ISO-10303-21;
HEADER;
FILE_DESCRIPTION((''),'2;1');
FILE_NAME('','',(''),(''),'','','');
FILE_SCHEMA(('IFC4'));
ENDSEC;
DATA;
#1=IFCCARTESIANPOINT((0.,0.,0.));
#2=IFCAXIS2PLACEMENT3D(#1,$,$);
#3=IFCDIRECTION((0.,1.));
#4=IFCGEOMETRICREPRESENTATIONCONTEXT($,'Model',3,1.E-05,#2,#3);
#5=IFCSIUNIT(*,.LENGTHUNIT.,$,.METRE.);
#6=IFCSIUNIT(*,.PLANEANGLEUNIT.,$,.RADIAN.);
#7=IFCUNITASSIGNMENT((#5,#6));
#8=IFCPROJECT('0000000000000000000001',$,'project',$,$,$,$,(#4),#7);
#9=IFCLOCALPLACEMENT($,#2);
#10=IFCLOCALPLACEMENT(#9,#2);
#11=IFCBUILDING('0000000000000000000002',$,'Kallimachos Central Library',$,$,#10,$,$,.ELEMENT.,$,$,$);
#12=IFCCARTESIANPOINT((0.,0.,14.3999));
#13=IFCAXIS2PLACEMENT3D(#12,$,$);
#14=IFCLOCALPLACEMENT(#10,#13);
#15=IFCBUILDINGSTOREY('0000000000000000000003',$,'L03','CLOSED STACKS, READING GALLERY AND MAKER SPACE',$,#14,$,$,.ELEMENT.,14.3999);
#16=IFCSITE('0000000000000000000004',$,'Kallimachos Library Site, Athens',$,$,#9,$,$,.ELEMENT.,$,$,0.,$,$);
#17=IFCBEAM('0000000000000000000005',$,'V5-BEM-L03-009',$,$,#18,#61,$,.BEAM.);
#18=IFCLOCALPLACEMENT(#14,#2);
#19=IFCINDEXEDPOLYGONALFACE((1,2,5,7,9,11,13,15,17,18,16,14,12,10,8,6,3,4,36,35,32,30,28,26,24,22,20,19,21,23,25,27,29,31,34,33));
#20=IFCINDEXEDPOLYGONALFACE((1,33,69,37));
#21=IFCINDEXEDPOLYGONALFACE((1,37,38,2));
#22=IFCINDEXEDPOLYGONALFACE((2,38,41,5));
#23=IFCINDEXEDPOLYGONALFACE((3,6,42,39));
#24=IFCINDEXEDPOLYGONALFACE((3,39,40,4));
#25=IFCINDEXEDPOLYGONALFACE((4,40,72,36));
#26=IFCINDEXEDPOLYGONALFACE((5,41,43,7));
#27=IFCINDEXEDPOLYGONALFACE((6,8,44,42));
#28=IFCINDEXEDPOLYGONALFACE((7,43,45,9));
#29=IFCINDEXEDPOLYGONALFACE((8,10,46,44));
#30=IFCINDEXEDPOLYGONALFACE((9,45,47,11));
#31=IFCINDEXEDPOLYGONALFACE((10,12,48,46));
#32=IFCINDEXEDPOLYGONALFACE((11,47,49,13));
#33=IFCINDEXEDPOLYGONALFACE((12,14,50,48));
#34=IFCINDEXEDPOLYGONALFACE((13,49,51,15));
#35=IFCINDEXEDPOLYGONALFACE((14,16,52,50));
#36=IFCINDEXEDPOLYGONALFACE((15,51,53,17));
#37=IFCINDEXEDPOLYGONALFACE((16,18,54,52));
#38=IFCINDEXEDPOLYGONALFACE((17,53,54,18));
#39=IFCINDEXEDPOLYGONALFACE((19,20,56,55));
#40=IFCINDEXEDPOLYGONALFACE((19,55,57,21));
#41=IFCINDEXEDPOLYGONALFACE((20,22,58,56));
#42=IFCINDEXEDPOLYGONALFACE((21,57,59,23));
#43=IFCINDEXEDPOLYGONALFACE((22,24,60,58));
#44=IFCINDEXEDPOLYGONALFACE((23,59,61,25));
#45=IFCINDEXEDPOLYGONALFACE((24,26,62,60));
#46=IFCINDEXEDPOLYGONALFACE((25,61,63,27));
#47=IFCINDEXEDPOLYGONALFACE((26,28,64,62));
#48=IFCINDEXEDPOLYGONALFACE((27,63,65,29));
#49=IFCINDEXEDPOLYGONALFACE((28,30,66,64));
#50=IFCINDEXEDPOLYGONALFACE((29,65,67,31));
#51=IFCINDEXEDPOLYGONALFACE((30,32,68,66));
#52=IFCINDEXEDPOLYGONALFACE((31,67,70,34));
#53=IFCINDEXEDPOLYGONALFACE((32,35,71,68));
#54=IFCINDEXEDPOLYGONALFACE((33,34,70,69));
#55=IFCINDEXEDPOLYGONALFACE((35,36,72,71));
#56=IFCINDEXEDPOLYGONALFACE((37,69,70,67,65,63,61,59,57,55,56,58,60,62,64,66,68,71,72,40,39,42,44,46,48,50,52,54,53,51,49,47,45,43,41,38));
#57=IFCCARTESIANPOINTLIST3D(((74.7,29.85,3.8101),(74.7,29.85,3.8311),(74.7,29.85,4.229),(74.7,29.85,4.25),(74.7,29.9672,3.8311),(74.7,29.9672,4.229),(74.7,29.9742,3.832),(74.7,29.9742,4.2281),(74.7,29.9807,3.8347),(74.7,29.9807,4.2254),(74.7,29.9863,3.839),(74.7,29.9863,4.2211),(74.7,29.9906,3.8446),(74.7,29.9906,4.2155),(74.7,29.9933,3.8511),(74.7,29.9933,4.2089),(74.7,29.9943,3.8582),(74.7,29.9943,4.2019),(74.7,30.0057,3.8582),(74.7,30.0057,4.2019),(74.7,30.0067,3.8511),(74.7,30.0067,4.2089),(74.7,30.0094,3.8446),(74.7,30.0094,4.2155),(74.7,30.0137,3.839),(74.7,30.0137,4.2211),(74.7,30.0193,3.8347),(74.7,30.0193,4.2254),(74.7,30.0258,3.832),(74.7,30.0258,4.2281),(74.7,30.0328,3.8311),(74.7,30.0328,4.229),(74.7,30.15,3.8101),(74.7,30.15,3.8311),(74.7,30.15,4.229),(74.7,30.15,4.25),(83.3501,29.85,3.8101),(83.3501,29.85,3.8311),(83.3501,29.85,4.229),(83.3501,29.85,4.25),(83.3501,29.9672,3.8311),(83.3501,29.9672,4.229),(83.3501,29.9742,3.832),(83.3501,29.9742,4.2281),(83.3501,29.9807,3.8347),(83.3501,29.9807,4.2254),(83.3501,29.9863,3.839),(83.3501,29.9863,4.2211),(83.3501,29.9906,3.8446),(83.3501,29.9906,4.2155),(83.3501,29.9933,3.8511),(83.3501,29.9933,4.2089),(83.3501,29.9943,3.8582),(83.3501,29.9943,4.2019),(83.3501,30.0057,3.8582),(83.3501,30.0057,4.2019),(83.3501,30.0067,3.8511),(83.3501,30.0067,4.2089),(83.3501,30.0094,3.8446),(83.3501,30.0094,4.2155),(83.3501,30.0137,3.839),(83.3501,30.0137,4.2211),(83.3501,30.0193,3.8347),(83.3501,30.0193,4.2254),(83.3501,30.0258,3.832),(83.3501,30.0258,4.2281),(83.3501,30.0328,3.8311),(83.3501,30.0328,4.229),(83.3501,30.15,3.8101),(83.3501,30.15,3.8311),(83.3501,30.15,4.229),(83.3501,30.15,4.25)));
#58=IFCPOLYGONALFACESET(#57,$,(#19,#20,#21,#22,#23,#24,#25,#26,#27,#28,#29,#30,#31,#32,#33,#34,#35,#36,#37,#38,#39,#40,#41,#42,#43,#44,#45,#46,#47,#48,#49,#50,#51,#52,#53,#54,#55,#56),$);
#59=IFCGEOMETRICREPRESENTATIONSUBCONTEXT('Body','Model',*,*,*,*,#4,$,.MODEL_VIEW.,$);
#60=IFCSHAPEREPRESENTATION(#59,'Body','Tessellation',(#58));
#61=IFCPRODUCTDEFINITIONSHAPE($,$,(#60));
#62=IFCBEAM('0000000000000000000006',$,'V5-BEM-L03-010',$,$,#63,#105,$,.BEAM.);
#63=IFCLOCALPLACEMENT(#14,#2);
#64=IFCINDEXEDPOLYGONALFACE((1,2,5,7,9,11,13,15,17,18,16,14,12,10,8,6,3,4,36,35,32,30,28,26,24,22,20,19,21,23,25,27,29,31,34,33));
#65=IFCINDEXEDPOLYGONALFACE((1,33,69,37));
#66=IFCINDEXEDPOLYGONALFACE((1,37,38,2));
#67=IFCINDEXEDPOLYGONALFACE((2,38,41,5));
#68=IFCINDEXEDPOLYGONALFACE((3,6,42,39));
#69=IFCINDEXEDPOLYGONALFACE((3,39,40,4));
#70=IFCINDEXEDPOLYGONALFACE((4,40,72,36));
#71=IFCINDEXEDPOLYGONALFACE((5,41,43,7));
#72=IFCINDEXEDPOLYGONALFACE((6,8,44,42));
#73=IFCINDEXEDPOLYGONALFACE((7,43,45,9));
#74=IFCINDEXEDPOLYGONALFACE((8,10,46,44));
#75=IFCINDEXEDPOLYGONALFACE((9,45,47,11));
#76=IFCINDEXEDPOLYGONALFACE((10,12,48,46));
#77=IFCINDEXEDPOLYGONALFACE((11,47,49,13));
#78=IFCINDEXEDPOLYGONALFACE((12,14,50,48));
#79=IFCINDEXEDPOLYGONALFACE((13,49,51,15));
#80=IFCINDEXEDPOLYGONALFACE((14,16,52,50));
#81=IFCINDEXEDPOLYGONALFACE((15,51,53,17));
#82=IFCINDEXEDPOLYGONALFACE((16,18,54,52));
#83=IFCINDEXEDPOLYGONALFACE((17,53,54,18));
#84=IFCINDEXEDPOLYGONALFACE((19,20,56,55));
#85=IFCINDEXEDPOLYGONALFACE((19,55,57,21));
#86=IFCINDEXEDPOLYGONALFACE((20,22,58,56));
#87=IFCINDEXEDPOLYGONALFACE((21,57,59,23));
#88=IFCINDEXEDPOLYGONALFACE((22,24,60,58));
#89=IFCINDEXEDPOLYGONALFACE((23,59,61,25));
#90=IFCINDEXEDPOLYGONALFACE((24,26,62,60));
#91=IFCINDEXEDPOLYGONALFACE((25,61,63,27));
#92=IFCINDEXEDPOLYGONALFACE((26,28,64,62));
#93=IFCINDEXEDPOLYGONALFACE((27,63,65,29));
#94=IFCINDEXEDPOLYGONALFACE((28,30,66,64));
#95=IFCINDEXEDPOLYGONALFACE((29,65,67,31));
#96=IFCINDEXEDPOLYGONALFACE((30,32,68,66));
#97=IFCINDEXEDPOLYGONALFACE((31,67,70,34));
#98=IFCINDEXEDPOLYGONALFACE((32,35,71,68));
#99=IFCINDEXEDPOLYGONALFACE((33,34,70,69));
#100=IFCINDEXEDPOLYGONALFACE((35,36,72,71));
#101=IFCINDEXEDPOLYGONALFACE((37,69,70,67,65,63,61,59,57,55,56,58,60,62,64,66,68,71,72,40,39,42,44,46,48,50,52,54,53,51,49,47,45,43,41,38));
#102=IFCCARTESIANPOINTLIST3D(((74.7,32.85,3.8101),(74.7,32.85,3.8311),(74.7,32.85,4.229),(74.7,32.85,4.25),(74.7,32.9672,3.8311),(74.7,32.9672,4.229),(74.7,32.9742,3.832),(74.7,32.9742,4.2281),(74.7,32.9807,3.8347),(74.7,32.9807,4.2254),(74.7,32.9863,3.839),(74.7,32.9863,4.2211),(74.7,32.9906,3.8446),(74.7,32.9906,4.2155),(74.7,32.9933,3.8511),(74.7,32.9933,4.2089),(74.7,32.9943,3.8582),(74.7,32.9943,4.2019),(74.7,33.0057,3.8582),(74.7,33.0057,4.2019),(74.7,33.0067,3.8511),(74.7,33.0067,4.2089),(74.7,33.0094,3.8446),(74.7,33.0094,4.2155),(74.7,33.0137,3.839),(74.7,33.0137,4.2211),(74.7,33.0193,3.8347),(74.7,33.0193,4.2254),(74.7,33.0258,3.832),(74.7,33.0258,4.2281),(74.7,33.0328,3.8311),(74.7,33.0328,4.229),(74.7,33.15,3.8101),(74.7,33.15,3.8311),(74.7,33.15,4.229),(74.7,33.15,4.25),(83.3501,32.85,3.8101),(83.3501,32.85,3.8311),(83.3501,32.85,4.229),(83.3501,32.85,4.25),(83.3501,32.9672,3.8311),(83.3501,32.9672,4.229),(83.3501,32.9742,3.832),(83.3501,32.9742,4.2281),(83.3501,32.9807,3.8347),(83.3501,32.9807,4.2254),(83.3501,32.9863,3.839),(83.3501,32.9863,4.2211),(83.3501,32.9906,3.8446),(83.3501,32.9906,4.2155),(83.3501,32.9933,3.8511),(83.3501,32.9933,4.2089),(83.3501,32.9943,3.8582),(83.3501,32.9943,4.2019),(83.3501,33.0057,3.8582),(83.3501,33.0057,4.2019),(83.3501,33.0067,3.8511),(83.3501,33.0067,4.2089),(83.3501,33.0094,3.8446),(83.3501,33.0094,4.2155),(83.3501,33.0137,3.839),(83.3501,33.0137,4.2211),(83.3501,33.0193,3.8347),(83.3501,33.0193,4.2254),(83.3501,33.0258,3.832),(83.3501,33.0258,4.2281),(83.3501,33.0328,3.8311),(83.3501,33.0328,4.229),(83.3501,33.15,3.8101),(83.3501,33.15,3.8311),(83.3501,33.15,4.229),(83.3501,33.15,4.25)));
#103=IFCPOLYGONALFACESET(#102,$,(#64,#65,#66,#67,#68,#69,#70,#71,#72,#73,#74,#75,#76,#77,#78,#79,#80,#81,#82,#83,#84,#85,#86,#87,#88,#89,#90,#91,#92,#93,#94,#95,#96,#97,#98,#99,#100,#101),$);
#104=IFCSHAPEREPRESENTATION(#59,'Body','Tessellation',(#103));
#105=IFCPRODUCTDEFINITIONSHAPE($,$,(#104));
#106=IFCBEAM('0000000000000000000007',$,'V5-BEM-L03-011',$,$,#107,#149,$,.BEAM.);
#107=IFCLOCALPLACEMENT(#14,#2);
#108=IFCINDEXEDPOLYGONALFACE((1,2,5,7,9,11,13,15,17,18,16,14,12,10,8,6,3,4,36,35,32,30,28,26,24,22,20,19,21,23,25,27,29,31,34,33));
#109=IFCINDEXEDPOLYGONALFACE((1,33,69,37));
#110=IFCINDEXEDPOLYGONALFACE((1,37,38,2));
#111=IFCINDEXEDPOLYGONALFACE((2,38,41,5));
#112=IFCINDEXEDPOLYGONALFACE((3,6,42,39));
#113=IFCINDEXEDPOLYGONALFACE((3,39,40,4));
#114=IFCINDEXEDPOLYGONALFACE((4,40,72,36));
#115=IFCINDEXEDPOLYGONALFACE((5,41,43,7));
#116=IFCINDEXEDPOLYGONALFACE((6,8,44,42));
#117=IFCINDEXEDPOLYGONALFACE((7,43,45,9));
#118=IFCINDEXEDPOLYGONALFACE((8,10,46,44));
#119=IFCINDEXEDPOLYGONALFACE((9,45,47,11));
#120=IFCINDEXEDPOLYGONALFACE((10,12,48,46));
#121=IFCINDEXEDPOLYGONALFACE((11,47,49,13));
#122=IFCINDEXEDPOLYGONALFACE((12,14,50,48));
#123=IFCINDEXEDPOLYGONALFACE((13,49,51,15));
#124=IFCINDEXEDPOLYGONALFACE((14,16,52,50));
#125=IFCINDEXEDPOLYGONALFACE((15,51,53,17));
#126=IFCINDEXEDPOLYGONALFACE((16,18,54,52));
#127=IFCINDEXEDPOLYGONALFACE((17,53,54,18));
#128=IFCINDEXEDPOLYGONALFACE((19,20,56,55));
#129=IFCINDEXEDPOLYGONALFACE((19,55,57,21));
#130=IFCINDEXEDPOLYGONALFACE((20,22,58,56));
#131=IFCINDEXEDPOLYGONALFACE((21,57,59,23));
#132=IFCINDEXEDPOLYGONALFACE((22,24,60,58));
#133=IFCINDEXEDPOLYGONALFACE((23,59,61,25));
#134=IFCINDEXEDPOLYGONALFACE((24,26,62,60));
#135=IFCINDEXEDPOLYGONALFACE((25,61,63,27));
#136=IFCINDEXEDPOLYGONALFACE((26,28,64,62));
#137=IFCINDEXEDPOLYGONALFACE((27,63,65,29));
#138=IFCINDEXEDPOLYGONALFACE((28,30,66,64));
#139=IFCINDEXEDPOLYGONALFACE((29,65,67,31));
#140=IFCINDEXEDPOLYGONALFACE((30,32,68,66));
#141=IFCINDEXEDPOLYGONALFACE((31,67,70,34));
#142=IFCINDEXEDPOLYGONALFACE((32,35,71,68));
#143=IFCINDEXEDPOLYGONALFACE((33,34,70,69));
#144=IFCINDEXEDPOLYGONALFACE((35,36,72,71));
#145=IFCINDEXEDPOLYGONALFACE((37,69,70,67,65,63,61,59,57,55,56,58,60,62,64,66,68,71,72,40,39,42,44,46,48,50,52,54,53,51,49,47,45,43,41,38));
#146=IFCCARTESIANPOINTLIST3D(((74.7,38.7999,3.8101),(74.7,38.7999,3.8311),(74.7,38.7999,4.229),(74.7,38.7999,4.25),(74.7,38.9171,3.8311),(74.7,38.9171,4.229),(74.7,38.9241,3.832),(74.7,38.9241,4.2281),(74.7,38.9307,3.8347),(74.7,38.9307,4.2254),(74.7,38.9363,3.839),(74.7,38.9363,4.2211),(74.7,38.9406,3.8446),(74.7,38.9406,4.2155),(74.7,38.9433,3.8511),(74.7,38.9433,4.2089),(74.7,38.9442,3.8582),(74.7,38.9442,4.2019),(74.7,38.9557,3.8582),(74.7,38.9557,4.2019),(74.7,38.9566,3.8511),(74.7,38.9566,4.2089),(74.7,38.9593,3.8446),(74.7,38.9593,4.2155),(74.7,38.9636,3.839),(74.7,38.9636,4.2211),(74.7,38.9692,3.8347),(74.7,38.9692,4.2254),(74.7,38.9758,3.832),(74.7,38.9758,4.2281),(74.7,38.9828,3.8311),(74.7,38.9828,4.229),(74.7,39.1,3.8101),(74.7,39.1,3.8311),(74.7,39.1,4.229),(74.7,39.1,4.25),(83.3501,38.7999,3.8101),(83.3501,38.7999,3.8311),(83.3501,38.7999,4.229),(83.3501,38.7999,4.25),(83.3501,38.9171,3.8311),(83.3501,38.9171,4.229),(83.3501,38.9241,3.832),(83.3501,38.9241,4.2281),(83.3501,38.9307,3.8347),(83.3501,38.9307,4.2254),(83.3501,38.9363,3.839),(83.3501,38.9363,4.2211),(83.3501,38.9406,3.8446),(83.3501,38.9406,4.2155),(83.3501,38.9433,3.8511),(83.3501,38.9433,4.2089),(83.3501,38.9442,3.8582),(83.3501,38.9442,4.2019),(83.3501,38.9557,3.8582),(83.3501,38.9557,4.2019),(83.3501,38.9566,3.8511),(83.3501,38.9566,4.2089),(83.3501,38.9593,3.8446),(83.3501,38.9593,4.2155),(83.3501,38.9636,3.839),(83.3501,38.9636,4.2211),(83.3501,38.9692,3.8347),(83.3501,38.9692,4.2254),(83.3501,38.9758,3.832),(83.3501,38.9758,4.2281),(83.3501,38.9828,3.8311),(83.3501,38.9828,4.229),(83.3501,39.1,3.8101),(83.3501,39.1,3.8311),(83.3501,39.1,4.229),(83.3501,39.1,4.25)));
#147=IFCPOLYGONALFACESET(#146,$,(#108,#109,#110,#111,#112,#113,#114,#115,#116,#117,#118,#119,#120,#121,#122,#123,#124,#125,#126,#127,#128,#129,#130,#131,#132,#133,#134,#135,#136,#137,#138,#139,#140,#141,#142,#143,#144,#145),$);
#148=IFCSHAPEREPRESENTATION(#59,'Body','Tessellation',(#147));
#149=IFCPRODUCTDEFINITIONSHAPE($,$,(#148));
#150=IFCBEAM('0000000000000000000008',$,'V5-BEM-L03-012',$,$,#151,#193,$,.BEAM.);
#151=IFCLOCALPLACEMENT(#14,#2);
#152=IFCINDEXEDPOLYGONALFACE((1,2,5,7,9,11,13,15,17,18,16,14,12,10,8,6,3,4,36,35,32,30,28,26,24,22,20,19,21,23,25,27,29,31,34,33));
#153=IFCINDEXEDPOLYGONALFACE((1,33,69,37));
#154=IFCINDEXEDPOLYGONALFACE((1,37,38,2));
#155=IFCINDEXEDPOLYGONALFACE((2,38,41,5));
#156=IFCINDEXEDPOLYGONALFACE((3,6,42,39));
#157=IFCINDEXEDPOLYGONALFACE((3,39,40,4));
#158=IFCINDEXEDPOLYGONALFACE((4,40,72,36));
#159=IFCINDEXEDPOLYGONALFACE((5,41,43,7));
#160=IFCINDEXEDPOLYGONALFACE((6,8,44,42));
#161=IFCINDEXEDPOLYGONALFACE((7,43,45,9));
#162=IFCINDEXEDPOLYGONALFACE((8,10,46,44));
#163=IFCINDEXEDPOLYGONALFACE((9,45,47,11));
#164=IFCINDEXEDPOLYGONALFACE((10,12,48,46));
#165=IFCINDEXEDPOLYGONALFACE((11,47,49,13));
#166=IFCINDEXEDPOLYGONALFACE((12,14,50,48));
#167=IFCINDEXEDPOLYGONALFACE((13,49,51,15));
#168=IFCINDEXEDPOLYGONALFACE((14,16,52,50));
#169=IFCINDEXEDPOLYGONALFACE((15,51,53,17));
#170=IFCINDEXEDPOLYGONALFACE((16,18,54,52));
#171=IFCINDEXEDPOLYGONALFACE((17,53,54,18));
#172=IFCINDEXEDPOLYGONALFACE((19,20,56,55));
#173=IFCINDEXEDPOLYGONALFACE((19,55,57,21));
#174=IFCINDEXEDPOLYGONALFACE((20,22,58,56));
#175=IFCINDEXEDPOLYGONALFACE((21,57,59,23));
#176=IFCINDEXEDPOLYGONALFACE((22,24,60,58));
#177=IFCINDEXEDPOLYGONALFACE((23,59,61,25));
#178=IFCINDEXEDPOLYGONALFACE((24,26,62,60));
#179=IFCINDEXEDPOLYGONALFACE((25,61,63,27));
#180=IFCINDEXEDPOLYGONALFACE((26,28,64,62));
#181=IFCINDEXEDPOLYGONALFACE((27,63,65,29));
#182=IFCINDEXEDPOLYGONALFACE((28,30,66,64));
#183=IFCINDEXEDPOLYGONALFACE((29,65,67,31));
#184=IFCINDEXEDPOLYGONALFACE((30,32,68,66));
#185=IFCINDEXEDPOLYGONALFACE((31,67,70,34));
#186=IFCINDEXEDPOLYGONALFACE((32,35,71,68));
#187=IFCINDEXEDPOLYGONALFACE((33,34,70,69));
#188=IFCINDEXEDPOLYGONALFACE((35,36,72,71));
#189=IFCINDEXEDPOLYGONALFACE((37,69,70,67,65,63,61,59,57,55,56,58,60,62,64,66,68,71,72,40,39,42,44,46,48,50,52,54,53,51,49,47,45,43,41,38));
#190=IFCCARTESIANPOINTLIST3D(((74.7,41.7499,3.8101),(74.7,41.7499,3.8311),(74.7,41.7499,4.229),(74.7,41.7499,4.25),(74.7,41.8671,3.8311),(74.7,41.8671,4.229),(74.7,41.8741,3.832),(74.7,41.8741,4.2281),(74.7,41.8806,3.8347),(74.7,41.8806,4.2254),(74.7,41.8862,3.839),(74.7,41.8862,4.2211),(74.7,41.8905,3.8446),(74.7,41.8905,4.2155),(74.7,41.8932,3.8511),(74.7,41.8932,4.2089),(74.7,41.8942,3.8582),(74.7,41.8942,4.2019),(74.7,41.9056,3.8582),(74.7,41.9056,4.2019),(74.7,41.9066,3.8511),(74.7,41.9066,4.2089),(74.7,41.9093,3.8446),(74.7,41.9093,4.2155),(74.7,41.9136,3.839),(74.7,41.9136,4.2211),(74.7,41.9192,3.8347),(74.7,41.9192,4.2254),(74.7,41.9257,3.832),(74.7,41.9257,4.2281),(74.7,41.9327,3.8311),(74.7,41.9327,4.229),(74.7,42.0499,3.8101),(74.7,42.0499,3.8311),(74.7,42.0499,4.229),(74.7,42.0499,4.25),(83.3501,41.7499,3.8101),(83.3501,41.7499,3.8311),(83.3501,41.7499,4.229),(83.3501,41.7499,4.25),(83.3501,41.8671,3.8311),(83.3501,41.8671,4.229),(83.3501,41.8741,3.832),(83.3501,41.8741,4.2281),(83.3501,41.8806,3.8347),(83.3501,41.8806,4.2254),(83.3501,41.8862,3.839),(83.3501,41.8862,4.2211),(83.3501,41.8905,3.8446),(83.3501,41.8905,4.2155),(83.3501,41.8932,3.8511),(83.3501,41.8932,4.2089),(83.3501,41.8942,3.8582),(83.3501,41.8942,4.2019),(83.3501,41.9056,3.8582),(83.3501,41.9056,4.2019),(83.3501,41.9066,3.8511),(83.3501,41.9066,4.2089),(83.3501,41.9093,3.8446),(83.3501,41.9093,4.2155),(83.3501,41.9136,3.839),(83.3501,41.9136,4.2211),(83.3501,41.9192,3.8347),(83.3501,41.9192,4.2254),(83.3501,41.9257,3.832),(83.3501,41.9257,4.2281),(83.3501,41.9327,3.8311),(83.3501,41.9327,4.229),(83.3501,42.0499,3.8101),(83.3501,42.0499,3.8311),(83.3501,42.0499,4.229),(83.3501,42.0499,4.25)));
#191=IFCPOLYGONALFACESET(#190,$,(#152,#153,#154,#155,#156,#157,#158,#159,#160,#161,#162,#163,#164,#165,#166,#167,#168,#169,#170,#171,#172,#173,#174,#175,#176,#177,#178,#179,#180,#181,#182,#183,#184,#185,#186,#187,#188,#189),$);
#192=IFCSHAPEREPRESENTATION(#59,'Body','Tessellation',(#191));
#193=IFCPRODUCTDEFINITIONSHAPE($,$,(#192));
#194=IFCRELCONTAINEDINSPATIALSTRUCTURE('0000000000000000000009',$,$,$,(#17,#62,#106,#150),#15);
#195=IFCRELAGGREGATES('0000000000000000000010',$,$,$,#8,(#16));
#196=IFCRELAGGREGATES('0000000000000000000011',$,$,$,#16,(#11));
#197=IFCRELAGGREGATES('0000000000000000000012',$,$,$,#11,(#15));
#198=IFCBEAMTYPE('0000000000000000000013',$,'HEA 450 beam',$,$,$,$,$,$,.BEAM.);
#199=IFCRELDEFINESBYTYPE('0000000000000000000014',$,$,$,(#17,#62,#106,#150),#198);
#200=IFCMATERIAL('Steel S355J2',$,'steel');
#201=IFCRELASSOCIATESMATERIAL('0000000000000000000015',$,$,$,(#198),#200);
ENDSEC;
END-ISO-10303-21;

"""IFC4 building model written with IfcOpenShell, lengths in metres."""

from ifc_helpers import new_model, si_unit, direction, frame, origin, origin_2d, place, context, subcontext, project, spatial, i_section, extrude, material, material_profile, profile_set, type_object, element, save


model = new_model("IFC4")

# Units and contexts
model_context = context("Model", 3, precision=1e-05, world=origin(), true_north=direction((0.0, 1.0)))
body_context = subcontext(model_context, "Body", "Model", "MODEL_VIEW")
ifc_project = project(units=[si_unit("LENGTHUNIT", "METRE"), si_unit("PLANEANGLEUNIT", "RADIAN")], contexts=[model_context])

# Site, building, storey
site_placement = place(None, origin())
site = spatial("IfcSite", under=ifc_project, at=site_placement, Name="Kallimachos Library Site, Athens", CompositionType="ELEMENT", RefElevation=0.0)
building_placement = place(site_placement, origin())
building = spatial("IfcBuilding", under=site, at=building_placement, Name="Kallimachos Central Library", CompositionType="ELEMENT")
storey_placement = place(building_placement, frame((0.0, 0.0, 14.3999)))
storey = spatial("IfcBuildingStorey", under=building, at=storey_placement, Name="L03", Description="CLOSED STACKS, READING GALLERY AND MAKER SPACE", CompositionType="ELEMENT", Elevation=14.3999)

# Beams
ifc_material_1 = material(Name="Steel S355J2", Category="steel")
ifc_material_profile_1 = material_profile(ifc_material_1, i_section(OverallWidth=0.3, OverallDepth=0.4399, WebThickness=0.0115, FlangeThickness=0.021, FilletRadius=0.0271, at=origin_2d()), Name="HEA 450")
ifc_profile_set_1 = profile_set([ifc_material_profile_1], Name="Steel S355J2")
beam_type_1 = type_object("IfcBeamType", Name="HEA 450 beam", PredefinedType="BEAM", material=ifc_profile_set_1)
for number, where, z_axis, x_axis, name in (
    (1, (74.7, 30.0, 4.03), (1.0, 0.0, 0.0), (0.0, 1.0, 0.0), "V5-BEM-L03-009"),
    (2, (74.7, 33.0, 4.03), (1.0, 0.0, 0.0), (0.0, 1.0, 0.0), "V5-BEM-L03-010"),
    (3, (74.7, 38.95, 4.03), (1.0, 0.0, 0.0), (0.0, 1.0, 0.0), "V5-BEM-L03-011"),
    (4, (74.7, 41.8999, 4.03), (1.0, 0.0, 0.0), (0.0, 1.0, 0.0), "V5-BEM-L03-012"),
):
    element("IfcBeam", number, at=place(storey_placement, frame(where, z_axis=z_axis, x_axis=x_axis)), inside=storey, type_object=beam_type_1, Name=name, PredefinedType="BEAM", context=body_context, shape_type="SweptSolid", body=[
        extrude(i_section(OverallWidth=0.3, OverallDepth=0.4399, WebThickness=0.0115, FlangeThickness=0.021, FilletRadius=0.0271, at=origin_2d()), origin(), (0.0, 0.0, 1.0), 8.6501),
    ])

save(model, "model.ifc")
